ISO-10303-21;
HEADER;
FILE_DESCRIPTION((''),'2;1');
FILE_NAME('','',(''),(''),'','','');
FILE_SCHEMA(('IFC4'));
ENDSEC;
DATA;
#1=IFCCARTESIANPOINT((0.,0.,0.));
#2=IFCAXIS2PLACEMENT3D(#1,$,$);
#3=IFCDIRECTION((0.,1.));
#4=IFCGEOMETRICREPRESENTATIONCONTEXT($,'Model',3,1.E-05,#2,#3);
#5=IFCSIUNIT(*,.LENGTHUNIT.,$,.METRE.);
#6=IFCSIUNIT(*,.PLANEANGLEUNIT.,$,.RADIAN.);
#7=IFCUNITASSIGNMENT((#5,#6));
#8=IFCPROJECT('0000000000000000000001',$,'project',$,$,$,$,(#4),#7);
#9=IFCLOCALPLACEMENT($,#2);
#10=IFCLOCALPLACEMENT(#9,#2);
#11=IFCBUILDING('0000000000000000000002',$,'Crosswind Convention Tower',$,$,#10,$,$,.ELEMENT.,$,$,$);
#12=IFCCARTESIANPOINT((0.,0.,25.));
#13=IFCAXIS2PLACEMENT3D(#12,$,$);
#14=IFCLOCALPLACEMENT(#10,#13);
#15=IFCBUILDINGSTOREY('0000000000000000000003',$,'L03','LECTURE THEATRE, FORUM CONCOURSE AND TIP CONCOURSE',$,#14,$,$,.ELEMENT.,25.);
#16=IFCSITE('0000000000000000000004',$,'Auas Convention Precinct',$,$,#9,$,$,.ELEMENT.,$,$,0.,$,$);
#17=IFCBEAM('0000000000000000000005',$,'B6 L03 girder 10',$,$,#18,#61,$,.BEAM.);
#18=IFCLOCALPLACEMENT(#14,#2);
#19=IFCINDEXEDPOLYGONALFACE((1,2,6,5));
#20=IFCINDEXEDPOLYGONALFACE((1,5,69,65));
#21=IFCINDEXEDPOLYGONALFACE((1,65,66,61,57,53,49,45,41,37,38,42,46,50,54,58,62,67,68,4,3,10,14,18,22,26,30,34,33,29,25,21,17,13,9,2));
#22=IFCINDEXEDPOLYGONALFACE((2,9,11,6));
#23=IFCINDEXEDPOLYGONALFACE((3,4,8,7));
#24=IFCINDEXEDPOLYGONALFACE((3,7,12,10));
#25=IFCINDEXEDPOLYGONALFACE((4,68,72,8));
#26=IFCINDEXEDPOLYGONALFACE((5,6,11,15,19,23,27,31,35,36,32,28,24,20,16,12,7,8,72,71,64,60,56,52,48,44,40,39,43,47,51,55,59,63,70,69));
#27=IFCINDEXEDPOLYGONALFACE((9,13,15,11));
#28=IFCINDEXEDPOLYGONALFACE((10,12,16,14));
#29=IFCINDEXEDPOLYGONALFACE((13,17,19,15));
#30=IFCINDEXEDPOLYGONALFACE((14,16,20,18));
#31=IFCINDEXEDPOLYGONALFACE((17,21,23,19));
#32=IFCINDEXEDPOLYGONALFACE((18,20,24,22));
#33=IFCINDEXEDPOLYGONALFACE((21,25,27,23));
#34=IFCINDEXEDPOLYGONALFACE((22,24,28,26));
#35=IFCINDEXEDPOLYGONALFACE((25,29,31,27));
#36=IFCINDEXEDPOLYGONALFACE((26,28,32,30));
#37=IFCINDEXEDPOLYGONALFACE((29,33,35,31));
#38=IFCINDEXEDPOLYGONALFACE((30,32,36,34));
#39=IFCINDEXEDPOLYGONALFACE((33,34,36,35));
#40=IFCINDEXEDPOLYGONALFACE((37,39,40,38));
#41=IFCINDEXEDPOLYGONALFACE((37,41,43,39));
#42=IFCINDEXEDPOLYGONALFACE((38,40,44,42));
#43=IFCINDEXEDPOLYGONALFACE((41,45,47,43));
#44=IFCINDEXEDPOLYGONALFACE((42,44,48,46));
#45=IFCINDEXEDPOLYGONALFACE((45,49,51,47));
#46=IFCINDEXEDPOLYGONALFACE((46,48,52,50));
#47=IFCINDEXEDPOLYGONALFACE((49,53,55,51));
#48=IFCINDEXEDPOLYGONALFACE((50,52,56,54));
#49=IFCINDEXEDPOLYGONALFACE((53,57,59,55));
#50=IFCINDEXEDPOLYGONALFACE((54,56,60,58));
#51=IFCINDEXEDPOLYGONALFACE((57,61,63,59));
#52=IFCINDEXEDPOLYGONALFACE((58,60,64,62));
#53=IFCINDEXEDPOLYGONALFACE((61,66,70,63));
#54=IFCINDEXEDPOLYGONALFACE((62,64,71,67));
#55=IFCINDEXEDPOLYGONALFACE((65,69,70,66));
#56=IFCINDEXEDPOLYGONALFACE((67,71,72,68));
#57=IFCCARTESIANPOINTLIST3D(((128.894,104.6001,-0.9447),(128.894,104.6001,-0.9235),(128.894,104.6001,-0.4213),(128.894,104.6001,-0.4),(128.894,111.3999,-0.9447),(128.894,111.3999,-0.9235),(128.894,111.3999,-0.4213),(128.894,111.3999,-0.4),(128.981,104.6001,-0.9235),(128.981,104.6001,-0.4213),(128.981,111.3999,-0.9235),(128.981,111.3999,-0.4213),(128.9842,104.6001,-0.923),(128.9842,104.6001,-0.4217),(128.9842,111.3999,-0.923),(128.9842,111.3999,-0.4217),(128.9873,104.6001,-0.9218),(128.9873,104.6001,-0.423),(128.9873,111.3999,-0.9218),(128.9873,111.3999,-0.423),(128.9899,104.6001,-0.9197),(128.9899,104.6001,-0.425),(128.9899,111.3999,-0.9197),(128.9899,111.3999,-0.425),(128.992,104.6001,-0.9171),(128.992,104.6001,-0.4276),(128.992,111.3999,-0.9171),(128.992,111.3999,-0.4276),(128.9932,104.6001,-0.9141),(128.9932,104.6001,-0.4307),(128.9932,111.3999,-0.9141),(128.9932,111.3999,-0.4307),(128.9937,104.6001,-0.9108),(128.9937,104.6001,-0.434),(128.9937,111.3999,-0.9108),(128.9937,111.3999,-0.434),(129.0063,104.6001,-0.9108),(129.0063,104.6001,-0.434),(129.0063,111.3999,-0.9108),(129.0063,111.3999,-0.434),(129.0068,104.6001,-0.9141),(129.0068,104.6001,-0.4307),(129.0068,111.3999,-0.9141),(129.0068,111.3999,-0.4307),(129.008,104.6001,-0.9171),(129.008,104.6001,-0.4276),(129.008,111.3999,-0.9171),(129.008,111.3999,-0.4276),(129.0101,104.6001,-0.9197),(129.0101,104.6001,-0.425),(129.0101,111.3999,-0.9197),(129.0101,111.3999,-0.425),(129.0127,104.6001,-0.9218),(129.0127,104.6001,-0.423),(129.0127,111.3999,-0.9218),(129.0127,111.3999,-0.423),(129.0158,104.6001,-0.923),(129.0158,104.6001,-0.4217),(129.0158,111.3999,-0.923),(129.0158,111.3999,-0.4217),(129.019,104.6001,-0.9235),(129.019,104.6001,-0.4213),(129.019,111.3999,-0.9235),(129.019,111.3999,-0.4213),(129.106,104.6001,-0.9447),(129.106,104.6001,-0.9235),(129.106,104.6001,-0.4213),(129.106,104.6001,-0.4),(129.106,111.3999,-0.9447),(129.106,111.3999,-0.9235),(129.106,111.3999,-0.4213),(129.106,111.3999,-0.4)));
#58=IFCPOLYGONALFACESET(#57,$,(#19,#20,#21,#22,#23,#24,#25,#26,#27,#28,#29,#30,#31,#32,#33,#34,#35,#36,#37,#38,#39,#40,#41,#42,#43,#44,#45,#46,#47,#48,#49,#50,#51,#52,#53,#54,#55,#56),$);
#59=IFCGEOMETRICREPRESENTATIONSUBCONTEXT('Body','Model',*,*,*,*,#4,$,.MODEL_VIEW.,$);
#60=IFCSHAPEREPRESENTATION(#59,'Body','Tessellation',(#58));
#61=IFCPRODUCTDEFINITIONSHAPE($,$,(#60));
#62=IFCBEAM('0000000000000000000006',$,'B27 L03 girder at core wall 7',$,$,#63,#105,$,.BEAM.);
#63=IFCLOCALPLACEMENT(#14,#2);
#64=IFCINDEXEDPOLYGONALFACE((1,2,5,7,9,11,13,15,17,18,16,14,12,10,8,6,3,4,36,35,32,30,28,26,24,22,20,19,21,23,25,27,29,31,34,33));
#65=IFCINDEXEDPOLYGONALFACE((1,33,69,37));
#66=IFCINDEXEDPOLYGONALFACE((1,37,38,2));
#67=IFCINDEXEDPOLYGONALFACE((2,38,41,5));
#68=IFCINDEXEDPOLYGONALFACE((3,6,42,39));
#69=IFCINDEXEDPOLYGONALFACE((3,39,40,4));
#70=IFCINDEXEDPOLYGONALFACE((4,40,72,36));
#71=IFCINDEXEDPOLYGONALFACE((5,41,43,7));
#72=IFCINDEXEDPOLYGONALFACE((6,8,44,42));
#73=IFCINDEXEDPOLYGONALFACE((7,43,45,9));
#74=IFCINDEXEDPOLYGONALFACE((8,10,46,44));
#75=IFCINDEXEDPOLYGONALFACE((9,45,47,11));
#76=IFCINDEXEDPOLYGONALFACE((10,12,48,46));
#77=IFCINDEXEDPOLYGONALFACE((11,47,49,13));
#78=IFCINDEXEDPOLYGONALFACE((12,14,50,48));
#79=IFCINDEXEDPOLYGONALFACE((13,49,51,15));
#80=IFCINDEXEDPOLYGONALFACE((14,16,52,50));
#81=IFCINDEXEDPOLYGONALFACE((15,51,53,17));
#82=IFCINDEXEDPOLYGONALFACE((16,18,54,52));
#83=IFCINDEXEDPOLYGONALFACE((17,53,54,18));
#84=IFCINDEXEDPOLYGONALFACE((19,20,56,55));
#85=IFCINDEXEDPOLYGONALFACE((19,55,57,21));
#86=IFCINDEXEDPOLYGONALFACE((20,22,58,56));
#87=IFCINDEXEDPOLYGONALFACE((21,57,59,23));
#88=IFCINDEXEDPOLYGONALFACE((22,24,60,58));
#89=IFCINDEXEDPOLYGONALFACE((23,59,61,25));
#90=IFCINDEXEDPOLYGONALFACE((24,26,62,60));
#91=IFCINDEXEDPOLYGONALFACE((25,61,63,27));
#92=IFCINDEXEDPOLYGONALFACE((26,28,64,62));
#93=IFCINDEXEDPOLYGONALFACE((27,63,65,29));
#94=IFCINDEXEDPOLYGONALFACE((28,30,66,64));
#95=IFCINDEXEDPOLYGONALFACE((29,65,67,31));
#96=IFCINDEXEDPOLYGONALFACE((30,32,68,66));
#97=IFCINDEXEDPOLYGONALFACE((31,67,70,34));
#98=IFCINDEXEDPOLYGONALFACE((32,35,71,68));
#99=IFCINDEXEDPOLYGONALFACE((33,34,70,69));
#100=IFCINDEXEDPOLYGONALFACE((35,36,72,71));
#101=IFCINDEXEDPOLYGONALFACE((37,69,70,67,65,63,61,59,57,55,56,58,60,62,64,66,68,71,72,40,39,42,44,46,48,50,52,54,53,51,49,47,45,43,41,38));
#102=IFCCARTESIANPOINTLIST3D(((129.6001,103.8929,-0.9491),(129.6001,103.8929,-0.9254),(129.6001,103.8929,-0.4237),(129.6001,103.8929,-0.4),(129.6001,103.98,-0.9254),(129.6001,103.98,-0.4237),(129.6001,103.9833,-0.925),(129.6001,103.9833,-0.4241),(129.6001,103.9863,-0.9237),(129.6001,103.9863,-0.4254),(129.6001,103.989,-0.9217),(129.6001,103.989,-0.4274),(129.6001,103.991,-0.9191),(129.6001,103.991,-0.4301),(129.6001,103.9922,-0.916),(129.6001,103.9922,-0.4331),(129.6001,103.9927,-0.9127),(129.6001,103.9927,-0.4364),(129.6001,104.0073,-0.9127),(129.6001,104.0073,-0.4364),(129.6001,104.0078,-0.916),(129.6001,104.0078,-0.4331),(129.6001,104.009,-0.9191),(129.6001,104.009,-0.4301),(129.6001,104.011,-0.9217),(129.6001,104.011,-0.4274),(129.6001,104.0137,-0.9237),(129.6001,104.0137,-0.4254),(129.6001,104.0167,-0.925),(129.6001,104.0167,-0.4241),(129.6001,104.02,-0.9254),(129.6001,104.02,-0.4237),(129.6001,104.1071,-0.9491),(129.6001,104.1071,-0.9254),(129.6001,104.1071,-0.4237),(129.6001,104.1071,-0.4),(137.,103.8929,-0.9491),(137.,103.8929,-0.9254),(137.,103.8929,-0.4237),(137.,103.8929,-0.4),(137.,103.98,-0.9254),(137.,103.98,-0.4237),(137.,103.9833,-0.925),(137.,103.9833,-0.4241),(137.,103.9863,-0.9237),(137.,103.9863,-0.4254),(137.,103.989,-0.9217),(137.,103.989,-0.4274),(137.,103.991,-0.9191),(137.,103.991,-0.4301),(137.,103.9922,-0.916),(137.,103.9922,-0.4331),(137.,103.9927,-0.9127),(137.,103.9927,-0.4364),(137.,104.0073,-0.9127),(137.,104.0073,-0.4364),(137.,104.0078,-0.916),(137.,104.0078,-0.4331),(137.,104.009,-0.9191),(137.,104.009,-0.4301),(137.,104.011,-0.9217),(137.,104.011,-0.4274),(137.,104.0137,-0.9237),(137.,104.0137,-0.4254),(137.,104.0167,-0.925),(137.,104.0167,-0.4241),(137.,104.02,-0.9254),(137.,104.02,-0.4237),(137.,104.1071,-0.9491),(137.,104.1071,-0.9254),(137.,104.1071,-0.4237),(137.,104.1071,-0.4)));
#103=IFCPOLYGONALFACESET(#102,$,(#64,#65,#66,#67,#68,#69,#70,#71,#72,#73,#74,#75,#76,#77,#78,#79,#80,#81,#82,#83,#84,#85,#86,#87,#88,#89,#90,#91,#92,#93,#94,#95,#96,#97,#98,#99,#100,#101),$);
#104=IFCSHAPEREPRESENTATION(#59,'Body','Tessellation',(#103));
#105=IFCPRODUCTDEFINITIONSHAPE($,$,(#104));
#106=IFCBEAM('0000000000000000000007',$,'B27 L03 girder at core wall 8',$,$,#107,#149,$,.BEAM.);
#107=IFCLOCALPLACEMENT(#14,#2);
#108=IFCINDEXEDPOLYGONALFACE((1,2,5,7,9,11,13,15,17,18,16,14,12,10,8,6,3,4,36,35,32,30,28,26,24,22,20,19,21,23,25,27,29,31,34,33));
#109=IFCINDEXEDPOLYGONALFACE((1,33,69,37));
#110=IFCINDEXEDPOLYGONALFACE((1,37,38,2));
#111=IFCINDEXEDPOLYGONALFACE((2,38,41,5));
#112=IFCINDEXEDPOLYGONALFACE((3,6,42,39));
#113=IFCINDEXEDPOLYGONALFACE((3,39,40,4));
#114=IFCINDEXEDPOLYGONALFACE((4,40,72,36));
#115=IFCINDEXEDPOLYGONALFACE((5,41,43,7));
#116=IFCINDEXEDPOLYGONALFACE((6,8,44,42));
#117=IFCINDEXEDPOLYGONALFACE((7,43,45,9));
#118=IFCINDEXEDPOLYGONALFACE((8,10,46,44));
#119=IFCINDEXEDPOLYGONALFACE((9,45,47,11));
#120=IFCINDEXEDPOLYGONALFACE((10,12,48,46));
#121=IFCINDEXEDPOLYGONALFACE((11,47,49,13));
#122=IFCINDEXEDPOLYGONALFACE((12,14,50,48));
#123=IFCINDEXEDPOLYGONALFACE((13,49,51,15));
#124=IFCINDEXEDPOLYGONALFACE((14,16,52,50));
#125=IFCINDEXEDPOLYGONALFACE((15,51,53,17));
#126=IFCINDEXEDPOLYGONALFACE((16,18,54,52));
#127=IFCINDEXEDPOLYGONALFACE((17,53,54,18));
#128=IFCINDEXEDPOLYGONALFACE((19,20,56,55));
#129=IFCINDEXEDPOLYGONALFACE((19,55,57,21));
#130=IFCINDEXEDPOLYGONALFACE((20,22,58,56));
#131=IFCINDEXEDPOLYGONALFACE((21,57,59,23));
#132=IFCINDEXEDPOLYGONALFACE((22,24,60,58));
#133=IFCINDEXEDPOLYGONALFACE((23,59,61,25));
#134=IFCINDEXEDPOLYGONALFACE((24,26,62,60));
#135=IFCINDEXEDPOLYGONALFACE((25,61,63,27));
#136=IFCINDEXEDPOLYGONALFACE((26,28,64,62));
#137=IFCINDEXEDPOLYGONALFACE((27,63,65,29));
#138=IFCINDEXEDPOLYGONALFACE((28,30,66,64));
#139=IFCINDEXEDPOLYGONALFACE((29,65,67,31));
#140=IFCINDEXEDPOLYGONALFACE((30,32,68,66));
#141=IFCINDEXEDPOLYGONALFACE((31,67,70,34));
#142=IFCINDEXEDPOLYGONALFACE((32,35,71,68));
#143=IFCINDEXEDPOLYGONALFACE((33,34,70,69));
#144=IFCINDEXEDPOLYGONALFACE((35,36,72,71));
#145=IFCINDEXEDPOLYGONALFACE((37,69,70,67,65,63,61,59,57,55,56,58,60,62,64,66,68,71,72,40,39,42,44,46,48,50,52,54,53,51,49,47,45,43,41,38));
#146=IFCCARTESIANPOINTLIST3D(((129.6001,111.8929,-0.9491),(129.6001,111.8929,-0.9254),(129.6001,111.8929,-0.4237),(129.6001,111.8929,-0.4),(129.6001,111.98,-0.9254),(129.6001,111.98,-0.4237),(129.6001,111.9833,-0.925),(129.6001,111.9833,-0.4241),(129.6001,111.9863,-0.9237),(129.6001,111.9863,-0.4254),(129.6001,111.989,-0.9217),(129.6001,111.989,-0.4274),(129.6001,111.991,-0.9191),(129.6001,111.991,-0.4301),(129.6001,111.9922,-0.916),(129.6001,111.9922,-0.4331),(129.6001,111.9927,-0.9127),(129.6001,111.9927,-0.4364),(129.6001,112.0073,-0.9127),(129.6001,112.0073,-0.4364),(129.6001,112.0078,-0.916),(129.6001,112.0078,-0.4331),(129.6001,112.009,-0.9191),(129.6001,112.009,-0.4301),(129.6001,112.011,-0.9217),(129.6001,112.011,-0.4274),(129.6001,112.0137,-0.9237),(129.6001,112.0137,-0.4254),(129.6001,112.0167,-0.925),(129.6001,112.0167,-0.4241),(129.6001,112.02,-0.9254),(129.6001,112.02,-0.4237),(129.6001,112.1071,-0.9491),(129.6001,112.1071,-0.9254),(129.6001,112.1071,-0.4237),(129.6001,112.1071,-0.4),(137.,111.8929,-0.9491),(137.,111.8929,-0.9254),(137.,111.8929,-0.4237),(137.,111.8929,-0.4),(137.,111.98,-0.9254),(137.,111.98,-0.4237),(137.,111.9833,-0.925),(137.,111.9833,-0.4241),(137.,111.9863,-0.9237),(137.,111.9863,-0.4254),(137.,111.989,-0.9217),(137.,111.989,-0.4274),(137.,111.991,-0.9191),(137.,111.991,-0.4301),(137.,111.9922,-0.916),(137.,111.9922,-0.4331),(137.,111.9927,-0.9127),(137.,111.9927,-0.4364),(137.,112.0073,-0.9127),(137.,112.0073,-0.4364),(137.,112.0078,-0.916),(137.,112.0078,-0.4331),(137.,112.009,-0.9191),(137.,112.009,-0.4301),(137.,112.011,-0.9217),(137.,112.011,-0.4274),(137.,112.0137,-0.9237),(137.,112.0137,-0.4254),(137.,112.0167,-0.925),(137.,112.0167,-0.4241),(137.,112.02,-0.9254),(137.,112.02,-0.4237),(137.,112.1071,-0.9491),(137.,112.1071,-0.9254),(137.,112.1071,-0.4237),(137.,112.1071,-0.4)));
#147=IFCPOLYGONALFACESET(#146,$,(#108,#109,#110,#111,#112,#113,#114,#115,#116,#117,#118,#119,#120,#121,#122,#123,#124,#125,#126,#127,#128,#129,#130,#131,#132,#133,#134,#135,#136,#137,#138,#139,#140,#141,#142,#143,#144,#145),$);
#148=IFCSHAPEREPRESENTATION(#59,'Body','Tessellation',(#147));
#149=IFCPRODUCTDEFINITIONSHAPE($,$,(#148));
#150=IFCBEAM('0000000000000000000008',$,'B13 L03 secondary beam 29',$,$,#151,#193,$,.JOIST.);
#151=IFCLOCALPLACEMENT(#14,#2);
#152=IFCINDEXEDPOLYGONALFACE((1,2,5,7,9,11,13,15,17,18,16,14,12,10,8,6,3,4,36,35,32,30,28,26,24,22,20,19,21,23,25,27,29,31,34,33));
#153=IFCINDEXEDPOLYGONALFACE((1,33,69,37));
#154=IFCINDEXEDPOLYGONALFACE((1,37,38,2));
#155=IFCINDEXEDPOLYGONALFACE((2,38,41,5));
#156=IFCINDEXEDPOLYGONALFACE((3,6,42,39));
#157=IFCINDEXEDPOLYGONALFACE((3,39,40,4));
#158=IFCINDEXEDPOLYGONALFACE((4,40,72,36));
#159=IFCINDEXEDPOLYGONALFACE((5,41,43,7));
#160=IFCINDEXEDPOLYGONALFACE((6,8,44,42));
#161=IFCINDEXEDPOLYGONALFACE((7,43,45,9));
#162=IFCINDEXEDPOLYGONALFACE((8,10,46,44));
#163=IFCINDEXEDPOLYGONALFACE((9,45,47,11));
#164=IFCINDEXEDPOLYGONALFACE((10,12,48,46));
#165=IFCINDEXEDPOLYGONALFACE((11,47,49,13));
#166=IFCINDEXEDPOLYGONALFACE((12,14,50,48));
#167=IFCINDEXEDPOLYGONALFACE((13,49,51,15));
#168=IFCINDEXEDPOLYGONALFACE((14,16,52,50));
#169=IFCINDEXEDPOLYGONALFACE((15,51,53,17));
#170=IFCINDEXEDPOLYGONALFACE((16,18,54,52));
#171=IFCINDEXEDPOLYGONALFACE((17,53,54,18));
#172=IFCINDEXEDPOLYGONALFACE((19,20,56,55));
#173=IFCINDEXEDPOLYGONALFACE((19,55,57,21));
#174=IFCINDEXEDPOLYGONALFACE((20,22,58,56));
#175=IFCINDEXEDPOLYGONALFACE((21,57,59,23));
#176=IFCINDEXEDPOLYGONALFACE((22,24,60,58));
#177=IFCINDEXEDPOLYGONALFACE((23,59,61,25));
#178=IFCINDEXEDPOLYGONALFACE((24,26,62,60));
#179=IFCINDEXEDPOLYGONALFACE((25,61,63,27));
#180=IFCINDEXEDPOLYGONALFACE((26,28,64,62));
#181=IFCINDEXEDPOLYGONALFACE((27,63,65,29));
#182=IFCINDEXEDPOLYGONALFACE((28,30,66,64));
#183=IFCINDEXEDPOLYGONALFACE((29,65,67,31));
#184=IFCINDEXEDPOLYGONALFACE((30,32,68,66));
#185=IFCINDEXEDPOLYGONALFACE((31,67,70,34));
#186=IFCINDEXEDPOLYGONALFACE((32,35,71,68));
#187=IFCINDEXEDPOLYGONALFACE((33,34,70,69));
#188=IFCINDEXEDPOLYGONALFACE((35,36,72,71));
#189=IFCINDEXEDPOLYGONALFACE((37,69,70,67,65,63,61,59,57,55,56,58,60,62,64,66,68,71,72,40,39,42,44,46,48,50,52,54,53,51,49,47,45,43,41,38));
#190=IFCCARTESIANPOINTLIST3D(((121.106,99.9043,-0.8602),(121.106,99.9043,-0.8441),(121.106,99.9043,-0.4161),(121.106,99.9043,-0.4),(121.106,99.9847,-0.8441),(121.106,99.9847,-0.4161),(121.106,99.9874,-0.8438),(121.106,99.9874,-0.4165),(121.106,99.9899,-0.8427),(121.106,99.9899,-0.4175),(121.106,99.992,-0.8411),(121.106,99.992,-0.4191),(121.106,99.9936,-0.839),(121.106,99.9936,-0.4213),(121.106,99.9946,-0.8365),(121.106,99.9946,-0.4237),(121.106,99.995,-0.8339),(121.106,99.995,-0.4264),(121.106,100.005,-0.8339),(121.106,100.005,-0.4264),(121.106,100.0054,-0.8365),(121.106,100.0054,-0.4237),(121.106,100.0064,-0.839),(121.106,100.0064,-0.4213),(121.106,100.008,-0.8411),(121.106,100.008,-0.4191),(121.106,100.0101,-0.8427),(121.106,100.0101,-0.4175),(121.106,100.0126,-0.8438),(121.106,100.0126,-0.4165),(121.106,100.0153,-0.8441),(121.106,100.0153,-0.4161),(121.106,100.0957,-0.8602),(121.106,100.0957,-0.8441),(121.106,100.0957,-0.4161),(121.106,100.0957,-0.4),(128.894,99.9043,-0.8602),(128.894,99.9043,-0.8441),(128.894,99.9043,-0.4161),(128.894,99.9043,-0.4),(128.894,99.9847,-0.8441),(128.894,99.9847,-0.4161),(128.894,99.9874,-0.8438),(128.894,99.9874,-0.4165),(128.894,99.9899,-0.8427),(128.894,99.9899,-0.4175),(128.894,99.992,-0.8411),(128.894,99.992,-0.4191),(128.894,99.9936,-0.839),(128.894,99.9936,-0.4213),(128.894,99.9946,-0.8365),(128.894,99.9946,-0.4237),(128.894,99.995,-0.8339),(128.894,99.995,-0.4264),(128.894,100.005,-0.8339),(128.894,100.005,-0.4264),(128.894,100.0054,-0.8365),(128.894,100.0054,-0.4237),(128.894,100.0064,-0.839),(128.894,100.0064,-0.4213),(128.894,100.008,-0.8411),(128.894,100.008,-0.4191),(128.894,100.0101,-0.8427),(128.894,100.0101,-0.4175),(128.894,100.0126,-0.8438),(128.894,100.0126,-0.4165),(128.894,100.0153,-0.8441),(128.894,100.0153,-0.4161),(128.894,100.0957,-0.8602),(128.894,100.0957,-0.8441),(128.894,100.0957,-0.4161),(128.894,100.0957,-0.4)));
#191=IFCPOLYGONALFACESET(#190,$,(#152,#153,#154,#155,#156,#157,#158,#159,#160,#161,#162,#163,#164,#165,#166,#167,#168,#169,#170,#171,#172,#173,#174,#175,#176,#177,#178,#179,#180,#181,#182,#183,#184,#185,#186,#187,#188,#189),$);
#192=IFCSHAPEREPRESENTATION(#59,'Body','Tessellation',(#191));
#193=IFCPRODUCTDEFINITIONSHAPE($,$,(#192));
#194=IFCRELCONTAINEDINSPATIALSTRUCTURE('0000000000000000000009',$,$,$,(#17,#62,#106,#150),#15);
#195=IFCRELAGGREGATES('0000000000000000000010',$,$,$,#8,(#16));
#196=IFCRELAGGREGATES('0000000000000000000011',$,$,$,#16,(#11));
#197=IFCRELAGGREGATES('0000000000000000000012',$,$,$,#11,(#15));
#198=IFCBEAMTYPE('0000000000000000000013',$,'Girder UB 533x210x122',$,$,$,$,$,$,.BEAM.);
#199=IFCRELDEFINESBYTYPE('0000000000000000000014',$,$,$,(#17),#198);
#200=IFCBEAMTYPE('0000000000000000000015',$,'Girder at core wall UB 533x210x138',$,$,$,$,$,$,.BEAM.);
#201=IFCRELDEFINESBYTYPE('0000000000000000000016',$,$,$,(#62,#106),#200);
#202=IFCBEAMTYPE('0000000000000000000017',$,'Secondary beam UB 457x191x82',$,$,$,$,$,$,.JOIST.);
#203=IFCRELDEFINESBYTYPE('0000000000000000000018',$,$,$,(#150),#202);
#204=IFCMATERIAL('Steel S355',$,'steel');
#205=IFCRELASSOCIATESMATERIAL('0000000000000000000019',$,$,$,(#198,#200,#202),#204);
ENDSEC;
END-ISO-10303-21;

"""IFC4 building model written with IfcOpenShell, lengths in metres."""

from ifc_helpers import new_model, si_unit, direction, frame, origin, origin_2d, place, context, subcontext, project, spatial, i_section, extrude, material, material_profile, profile_set, type_object, element, save


model = new_model("IFC4")

# Units and contexts
model_context = context("Model", 3, precision=1e-05, world=origin(), true_north=direction((0.0, 1.0)))
body_context = subcontext(model_context, "Body", "Model", "MODEL_VIEW")
ifc_project = project(units=[si_unit("LENGTHUNIT", "METRE"), si_unit("PLANEANGLEUNIT", "RADIAN")], contexts=[model_context])

# Site, building, storey
site_placement = place(None, origin())
site = spatial("IfcSite", under=ifc_project, at=site_placement, Name="Auas Convention Precinct", CompositionType="ELEMENT", RefElevation=0.0)
building_placement = place(site_placement, origin())
building = spatial("IfcBuilding", under=site, at=building_placement, Name="Crosswind Convention Tower", CompositionType="ELEMENT")
storey_placement = place(building_placement, frame((0.0, 0.0, 25.0)))
storey = spatial("IfcBuildingStorey", under=building, at=storey_placement, Name="L03", Description="LECTURE THEATRE, FORUM CONCOURSE AND TIP CONCOURSE", CompositionType="ELEMENT", Elevation=25.0)

# Beams
ifc_material_1 = material(Name="Steel S355", Category="steel")
ifc_material_profile_1 = material_profile(ifc_material_1, i_section(OverallWidth=0.2119, OverallDepth=0.5447, WebThickness=0.0127, FlangeThickness=0.0212, FilletRadius=0.0127, at=origin_2d()), Name="UB 533x210x122")
ifc_profile_set_1 = profile_set([ifc_material_profile_1], Name="Steel S355")
beam_type_1 = type_object("IfcBeamType", Name="Girder UB 533x210x122", PredefinedType="BEAM", material=ifc_profile_set_1)
for number, where, z_axis, x_axis, name in (
    (1, (129.0, 104.6001, -0.6724), (0.0, 1.0, 0.0), (-1.0, 0.0, 0.0), "B6 L03 girder 10"),
):
    element("IfcBeam", number, at=place(storey_placement, frame(where, z_axis=z_axis, x_axis=x_axis)), inside=storey, type_object=beam_type_1, Name=name, PredefinedType="BEAM", context=body_context, shape_type="SweptSolid", body=[
        extrude(i_section(OverallWidth=0.2119, OverallDepth=0.5447, WebThickness=0.0127, FlangeThickness=0.0212, FilletRadius=0.0127, at=origin_2d()), origin(), (0.0, 0.0, 1.0), 6.7998),
    ])
ifc_material_profile_2 = material_profile(ifc_material_1, i_section(OverallWidth=0.2141, OverallDepth=0.5491, WebThickness=0.0146, FlangeThickness=0.0237, FilletRadius=0.0127, at=origin_2d()), Name="UB 533x210x138")
ifc_profile_set_2 = profile_set([ifc_material_profile_2], Name="Steel S355")
beam_type_2 = type_object("IfcBeamType", Name="Girder at core wall UB 533x210x138", PredefinedType="BEAM", material=ifc_profile_set_2)
for number, where, z_axis, x_axis, name in (
    (2, (129.6001, 104.0, -0.6746), (1.0, 0.0, 0.0), (0.0, 1.0, 0.0), "B27 L03 girder at core wall 7"),
    (3, (129.6001, 112.0, -0.6746), (1.0, 0.0, 0.0), (0.0, 1.0, 0.0), "B27 L03 girder at core wall 8"),
):
    element("IfcBeam", number, at=place(storey_placement, frame(where, z_axis=z_axis, x_axis=x_axis)), inside=storey, type_object=beam_type_2, Name=name, PredefinedType="BEAM", context=body_context, shape_type="SweptSolid", body=[
        extrude(i_section(OverallWidth=0.2141, OverallDepth=0.5491, WebThickness=0.0146, FlangeThickness=0.0237, FilletRadius=0.0127, at=origin_2d()), origin(), (0.0, 0.0, 1.0), 7.3999),
    ])
ifc_material_profile_3 = material_profile(ifc_material_1, i_section(OverallWidth=0.1914, OverallDepth=0.4602, WebThickness=0.01, FlangeThickness=0.0161, FilletRadius=0.0103, at=origin_2d()), Name="UB 457x191x82")
ifc_profile_set_3 = profile_set([ifc_material_profile_3], Name="Steel S355")
beam_type_3 = type_object("IfcBeamType", Name="Secondary beam UB 457x191x82", PredefinedType="JOIST", material=ifc_profile_set_3)
for number, where, z_axis, x_axis, name in (
    (4, (121.106, 100.0, -0.6301), (1.0, 0.0, 0.0), (0.0, 1.0, 0.0), "B13 L03 secondary beam 29"),
):
    element("IfcBeam", number, at=place(storey_placement, frame(where, z_axis=z_axis, x_axis=x_axis)), inside=storey, type_object=beam_type_3, Name=name, PredefinedType="JOIST", context=body_context, shape_type="SweptSolid", body=[
        extrude(i_section(OverallWidth=0.1914, OverallDepth=0.4602, WebThickness=0.01, FlangeThickness=0.0161, FilletRadius=0.0103, at=origin_2d()), origin(), (0.0, 0.0, 1.0), 7.7881),
    ])

save(model, "model.ifc")
